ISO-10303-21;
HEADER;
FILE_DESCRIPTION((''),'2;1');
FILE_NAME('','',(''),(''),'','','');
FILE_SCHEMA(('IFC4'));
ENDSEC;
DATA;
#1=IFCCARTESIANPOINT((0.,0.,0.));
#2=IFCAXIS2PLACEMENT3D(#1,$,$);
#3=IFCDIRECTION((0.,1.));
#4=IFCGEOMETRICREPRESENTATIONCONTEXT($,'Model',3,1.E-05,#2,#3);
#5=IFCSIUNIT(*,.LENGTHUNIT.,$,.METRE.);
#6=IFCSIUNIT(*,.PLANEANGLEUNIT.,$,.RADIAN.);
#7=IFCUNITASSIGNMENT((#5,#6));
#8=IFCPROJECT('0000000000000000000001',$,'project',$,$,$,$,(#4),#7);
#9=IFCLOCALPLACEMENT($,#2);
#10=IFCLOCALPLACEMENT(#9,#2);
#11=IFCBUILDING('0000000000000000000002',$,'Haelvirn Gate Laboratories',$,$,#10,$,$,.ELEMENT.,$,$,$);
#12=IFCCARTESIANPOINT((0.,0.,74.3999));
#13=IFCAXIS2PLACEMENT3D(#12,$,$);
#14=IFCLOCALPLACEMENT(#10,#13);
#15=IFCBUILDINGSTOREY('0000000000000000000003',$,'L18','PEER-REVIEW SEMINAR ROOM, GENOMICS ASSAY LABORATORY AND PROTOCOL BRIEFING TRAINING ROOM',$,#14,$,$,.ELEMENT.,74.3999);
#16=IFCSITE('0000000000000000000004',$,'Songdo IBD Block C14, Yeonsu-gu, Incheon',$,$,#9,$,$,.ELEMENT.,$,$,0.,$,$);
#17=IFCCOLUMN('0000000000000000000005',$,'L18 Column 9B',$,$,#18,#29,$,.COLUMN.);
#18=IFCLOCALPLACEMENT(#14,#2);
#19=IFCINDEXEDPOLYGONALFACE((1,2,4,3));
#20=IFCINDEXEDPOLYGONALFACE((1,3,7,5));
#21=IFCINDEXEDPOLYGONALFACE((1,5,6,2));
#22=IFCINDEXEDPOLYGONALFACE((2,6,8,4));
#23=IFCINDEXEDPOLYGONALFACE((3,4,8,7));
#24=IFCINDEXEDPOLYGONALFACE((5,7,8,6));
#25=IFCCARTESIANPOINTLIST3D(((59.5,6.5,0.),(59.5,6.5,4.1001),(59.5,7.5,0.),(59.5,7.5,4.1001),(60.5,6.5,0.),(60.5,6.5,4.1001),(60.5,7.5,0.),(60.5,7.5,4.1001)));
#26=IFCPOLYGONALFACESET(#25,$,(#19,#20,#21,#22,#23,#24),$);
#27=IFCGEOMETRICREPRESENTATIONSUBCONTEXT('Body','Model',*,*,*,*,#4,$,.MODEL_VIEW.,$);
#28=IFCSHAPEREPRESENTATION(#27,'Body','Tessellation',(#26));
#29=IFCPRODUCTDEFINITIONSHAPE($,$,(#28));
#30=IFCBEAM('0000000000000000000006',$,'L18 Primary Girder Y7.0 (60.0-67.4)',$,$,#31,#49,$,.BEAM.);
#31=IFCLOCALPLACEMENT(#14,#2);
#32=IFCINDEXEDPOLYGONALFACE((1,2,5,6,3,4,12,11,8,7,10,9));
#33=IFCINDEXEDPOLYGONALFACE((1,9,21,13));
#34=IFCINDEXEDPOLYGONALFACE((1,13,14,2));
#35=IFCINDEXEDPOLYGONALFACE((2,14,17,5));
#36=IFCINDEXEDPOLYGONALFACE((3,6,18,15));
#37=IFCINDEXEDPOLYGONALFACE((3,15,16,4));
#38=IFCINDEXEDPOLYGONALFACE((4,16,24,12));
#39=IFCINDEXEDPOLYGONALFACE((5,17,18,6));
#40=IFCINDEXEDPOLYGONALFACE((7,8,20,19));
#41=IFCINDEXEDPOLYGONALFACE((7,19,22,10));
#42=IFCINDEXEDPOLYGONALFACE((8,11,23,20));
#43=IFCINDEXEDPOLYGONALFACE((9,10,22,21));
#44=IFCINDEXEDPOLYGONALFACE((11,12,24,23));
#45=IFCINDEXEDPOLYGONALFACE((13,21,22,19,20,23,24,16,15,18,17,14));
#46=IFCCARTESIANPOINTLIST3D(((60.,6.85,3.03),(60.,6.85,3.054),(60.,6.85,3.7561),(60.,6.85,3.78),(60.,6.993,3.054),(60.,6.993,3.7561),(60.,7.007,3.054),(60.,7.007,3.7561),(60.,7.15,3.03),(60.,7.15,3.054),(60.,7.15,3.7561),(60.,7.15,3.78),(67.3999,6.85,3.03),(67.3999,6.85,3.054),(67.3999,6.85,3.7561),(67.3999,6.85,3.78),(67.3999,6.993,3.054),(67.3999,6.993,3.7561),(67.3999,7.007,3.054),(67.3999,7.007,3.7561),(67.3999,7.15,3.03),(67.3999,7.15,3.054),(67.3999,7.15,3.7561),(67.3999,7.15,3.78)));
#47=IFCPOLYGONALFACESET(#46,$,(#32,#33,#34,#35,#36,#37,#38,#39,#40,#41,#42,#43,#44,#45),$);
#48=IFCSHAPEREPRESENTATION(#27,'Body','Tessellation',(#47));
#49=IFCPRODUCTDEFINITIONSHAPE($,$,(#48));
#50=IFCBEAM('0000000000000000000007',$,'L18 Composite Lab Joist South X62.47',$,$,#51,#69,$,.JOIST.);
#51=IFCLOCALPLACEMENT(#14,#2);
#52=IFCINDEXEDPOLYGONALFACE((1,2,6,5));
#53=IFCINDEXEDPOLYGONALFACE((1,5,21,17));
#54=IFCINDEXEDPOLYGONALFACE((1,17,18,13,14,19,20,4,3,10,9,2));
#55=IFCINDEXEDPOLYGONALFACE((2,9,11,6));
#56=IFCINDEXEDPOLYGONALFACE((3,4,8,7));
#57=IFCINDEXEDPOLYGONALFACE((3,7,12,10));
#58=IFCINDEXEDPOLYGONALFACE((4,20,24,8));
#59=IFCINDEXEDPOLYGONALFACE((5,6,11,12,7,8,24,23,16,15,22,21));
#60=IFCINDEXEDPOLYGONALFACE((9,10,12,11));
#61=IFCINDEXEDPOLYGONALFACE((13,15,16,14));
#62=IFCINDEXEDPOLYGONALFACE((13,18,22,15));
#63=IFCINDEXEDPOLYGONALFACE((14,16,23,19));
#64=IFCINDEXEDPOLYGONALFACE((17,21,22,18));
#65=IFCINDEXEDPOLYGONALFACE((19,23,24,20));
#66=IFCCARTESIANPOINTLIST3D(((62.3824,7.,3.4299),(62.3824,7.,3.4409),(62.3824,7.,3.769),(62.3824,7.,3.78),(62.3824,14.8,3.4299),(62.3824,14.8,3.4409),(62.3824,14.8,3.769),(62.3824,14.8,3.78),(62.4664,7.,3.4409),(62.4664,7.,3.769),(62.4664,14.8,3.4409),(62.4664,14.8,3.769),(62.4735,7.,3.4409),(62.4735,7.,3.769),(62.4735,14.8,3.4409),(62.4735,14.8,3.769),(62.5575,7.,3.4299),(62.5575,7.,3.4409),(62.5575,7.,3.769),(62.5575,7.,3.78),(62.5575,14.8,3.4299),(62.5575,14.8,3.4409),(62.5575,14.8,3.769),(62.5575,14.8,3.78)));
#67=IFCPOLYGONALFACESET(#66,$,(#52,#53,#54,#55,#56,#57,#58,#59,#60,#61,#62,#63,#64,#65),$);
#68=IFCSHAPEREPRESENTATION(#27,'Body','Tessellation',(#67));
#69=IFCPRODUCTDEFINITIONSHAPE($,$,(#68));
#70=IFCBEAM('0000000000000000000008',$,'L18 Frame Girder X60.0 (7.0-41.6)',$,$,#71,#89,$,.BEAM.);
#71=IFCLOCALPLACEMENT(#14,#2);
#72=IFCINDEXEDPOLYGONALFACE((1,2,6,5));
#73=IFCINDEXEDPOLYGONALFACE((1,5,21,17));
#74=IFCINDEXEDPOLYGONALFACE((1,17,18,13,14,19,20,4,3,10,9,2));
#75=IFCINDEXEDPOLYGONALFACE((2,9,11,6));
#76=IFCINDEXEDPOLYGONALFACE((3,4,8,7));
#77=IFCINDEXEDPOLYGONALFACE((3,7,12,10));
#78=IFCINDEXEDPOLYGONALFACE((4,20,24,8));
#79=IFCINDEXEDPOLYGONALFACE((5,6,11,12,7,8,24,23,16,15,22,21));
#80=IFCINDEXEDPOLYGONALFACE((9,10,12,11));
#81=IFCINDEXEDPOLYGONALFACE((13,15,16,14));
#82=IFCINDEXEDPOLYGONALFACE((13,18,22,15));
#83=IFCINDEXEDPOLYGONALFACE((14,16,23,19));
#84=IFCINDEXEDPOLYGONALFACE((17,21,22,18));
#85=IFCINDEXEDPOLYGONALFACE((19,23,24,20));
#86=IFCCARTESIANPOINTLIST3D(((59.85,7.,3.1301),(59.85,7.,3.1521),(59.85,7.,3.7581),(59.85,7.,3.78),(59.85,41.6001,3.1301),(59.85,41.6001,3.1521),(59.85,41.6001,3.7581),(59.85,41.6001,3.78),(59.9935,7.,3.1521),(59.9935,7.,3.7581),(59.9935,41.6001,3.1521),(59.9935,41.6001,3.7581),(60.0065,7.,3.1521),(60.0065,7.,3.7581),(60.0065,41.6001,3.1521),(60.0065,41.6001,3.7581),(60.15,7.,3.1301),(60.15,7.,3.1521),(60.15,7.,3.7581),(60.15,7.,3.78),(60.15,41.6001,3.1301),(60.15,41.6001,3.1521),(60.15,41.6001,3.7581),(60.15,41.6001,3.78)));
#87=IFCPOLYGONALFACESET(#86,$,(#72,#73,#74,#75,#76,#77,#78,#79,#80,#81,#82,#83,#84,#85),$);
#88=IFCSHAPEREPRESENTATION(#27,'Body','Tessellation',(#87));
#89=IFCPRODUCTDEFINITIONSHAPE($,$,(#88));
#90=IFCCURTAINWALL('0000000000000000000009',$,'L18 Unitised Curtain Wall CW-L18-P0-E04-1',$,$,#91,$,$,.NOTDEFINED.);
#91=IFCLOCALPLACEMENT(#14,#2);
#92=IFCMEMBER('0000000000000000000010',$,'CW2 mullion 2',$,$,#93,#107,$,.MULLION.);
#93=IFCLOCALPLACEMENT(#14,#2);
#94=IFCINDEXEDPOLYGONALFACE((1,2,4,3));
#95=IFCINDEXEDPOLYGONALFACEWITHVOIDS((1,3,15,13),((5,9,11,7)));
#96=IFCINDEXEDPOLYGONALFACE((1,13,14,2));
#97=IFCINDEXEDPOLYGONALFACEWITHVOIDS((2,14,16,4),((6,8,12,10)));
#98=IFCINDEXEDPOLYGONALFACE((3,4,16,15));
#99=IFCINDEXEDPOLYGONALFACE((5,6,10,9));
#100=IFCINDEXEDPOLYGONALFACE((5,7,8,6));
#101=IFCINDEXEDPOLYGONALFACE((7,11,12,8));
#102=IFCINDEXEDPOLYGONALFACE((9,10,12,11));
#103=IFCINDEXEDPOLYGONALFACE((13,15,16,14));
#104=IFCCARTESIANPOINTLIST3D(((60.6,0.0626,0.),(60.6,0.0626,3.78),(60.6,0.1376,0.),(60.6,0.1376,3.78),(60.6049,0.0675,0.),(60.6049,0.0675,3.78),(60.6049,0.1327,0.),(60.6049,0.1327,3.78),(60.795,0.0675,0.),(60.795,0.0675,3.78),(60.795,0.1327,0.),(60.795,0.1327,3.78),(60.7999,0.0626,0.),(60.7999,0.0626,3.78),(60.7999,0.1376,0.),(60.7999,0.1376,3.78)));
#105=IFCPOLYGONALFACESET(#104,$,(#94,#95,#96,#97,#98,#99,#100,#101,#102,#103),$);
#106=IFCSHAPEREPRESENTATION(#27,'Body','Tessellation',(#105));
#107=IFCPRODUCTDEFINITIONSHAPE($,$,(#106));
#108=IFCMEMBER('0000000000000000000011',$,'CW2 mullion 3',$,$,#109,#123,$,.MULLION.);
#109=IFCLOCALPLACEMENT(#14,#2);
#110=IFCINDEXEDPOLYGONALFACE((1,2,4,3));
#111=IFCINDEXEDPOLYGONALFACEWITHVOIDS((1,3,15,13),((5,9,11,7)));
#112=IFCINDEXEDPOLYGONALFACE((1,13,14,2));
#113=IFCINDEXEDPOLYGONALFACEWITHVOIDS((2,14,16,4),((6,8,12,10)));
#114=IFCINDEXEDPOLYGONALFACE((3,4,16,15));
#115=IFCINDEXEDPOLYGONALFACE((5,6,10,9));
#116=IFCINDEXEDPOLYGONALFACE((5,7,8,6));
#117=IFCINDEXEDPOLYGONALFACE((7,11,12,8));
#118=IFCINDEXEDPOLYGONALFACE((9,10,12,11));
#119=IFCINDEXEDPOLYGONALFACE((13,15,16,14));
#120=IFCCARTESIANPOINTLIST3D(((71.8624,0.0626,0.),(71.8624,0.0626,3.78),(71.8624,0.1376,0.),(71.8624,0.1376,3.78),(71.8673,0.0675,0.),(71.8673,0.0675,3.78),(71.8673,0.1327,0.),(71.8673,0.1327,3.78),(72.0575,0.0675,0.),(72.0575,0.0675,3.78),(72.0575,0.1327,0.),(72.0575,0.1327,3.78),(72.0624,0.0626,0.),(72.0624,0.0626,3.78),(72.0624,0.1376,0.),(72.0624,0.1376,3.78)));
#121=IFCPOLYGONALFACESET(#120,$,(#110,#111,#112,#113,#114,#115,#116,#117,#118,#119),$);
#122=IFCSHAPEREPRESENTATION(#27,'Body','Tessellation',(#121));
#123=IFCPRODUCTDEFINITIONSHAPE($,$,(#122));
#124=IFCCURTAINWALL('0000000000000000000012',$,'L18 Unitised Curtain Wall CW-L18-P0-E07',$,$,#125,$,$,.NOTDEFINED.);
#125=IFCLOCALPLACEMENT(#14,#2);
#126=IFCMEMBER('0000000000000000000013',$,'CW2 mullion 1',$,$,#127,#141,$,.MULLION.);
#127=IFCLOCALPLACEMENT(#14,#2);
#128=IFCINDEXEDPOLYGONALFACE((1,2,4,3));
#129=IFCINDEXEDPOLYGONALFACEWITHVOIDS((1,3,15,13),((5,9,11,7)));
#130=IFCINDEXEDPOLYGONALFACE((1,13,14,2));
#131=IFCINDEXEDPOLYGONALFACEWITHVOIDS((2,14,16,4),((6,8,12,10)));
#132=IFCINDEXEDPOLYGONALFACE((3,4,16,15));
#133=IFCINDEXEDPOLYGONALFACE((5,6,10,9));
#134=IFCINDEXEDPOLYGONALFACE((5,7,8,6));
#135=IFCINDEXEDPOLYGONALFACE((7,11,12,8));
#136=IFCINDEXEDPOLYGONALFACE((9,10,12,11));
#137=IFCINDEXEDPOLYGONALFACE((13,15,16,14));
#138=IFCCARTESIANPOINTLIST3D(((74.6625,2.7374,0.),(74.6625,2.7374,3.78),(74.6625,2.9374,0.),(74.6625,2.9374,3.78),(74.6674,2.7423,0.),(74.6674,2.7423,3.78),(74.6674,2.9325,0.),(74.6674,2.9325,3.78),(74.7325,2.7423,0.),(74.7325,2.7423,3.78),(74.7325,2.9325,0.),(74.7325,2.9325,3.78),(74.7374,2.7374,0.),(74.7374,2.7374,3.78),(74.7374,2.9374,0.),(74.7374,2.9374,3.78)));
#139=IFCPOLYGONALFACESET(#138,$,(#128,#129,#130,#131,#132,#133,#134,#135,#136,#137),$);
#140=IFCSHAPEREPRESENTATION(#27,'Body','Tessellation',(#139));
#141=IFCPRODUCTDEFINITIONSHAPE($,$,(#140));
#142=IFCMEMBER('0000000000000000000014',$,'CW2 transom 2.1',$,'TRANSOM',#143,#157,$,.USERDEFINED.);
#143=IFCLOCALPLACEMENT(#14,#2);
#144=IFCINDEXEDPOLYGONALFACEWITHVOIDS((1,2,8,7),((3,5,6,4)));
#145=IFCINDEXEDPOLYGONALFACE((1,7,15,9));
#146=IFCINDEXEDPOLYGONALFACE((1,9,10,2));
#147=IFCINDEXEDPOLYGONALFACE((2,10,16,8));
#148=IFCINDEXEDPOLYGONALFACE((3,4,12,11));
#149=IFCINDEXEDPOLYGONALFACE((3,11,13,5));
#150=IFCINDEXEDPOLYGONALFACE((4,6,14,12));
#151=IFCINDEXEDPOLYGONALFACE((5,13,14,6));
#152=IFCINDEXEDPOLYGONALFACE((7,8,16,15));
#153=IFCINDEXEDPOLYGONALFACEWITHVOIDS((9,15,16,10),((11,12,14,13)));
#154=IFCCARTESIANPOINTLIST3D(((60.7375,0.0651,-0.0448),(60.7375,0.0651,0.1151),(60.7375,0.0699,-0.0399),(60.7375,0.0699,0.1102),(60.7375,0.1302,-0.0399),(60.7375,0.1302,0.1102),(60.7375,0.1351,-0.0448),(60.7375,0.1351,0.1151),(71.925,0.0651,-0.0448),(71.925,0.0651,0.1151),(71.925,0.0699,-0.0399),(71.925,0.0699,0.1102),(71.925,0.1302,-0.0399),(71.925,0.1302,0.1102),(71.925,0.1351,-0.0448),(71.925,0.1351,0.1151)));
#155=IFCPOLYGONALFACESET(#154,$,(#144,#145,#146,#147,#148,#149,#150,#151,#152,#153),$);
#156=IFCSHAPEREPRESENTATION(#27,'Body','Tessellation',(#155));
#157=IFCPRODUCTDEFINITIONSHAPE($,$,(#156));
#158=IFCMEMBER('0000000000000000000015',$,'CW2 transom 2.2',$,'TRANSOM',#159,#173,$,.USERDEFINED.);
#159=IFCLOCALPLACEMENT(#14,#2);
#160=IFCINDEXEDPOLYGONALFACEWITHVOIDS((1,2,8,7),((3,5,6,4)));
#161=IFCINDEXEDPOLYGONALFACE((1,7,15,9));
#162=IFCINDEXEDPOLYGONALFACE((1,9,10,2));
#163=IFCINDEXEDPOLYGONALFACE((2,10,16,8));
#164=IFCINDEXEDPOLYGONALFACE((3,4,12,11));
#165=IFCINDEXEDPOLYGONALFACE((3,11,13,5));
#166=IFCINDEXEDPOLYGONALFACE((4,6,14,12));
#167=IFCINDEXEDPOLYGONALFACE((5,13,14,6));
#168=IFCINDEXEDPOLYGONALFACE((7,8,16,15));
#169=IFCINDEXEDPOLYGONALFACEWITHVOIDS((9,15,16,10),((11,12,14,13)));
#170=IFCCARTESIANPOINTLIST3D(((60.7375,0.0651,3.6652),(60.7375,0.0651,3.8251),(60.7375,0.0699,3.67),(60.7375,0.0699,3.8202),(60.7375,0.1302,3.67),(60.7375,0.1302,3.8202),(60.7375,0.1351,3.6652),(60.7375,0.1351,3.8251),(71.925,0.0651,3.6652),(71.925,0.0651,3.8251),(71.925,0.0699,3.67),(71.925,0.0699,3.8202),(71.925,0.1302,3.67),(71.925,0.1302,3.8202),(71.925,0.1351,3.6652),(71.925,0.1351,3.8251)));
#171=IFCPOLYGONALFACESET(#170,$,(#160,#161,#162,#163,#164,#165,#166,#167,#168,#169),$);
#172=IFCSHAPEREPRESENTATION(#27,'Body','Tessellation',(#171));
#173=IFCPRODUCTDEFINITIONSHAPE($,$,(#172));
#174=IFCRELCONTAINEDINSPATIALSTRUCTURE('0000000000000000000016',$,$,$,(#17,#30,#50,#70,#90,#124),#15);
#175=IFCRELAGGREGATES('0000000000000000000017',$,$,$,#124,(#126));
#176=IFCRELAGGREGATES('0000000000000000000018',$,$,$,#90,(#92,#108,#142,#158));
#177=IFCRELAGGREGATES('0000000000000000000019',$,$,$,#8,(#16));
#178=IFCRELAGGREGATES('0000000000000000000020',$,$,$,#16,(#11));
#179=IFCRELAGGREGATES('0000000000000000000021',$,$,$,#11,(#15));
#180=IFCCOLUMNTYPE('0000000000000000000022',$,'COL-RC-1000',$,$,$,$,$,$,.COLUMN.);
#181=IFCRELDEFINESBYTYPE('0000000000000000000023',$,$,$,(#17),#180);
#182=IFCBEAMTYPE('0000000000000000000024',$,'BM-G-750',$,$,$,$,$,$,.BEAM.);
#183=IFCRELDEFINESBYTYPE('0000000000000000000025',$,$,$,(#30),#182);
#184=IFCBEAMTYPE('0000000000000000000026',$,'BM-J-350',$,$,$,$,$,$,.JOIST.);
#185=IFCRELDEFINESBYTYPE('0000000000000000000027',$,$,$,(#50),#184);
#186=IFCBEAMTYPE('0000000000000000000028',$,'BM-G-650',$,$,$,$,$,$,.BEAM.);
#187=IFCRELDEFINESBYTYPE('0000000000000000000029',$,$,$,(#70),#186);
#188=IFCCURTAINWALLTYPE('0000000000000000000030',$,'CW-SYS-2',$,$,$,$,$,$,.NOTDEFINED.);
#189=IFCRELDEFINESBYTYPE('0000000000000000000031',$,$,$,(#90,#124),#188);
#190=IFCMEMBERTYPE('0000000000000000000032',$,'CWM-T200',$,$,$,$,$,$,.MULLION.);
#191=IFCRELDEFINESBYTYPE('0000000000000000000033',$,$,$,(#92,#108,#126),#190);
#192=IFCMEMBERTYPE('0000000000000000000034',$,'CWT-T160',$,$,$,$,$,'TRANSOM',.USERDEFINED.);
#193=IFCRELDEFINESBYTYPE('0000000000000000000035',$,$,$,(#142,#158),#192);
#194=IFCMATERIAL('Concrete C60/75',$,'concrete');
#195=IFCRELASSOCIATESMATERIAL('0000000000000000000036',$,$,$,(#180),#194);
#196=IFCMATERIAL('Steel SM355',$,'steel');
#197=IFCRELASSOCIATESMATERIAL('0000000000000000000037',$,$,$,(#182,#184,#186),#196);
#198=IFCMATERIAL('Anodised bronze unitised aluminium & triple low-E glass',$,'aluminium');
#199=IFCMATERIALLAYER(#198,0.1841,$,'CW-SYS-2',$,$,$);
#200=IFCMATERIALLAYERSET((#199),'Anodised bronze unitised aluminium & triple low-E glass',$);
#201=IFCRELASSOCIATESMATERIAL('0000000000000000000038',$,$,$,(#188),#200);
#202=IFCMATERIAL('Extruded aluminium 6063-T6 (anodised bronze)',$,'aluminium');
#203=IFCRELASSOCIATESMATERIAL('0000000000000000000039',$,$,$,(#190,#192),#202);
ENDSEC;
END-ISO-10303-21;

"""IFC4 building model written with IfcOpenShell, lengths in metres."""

from ifc_helpers import new_model, si_unit, direction, frame, origin, origin_2d, place, context, subcontext, project, spatial, rectangle, hollow_rectangle, i_section, extrude, source, transform, mapped, material, layer, layer_set, material_profile, profile_set, type_object, type_shapes, element, aggregate, save


model = new_model("IFC4")

# Units and contexts
model_context = context("Model", 3, precision=1e-05, world=origin(), true_north=direction((0.0, 1.0)))
body_context = subcontext(model_context, "Body", "Model", "MODEL_VIEW")
ifc_project = project(units=[si_unit("LENGTHUNIT", "METRE"), si_unit("PLANEANGLEUNIT", "RADIAN")], contexts=[model_context])

# Site, building, storey
site_placement = place(None, origin())
site = spatial("IfcSite", under=ifc_project, at=site_placement, Name="Songdo IBD Block C14, Yeonsu-gu, Incheon", CompositionType="ELEMENT", RefElevation=0.0)
building_placement = place(site_placement, origin())
building = spatial("IfcBuilding", under=site, at=building_placement, Name="Haelvirn Gate Laboratories", CompositionType="ELEMENT")
storey_placement = place(building_placement, frame((0.0, 0.0, 74.3999)))
storey = spatial("IfcBuildingStorey", under=building, at=storey_placement, Name="L18", Description="PEER-REVIEW SEMINAR ROOM, GENOMICS ASSAY LABORATORY AND PROTOCOL BRIEFING TRAINING ROOM", CompositionType="ELEMENT", Elevation=74.3999)

# Column
ifc_material_1 = material(Name="Concrete C60/75", Category="concrete")
ifc_material_profile_1 = material_profile(ifc_material_1, rectangle(XDim=1.0, YDim=1.0, at=origin_2d()), Name="RC-1000x1000")
ifc_profile_set_1 = profile_set([ifc_material_profile_1], Name="Concrete C60/75")
column_type = type_object("IfcColumnType", Name="COL-RC-1000", PredefinedType="COLUMN", material=ifc_profile_set_1)
shared_shape_1 = source(origin(), body_context, "Body", "SweptSolid", [
    extrude(rectangle(XDim=1.0, YDim=1.0, at=origin_2d()), origin(), (0.0, 0.0, 1.0), 4.1001),
])
type_shapes(column_type, [shared_shape_1])
column_placement = place(storey_placement, frame((60.0, 7.0, 0.0), z_axis=(0.0, 0.0, 1.0), x_axis=(1.0, 0.0, 0.0)))
element("IfcColumn", 1, at=column_placement, inside=storey, type_object=column_type, Name="L18 Column 9B", PredefinedType="COLUMN", context=body_context, shape_type="MappedRepresentation", body=[
    mapped(shared_shape_1, transform((0.0, 0.0, 0.0), scale=1.0)),
])

# Beams
ifc_material_2 = material(Name="Steel SM355", Category="steel")
ifc_material_profile_2 = material_profile(ifc_material_2, i_section(OverallWidth=0.3, OverallDepth=0.75, WebThickness=0.0139, FlangeThickness=0.0239, at=origin_2d()), Name="H-750x300x14x24")
ifc_profile_set_2 = profile_set([ifc_material_profile_2], Name="Steel SM355")
beam_type_1 = type_object("IfcBeamType", Name="BM-G-750", PredefinedType="BEAM", material=ifc_profile_set_2)
shared_shape_2 = source(origin(), body_context, "Body", "SweptSolid", [
    extrude(i_section(OverallWidth=0.3, OverallDepth=0.75, WebThickness=0.0139, FlangeThickness=0.0239, at=origin_2d()), origin(), (0.0, 0.0, 1.0), 7.3999),
])
type_shapes(beam_type_1, [shared_shape_2])
beam_1_placement = place(storey_placement, frame((60.0, 7.0, 3.405), z_axis=(1.0, 0.0, 0.0), x_axis=(0.0, 1.0, 0.0)))
element("IfcBeam", 2, at=beam_1_placement, inside=storey, type_object=beam_type_1, Name="L18 Primary Girder Y7.0 (60.0-67.4)", PredefinedType="BEAM", context=body_context, shape_type="MappedRepresentation", body=[
    mapped(shared_shape_2, transform((0.0, 0.0, 0.0), scale=1.0)),
])
ifc_material_profile_3 = material_profile(ifc_material_2, i_section(OverallWidth=0.175, OverallDepth=0.3501, WebThickness=0.0071, FlangeThickness=0.011, at=origin_2d()), Name="H-350x175x7x11")
ifc_profile_set_3 = profile_set([ifc_material_profile_3], Name="Steel SM355")
beam_type_2 = type_object("IfcBeamType", Name="BM-J-350", PredefinedType="JOIST", material=ifc_profile_set_3)
shared_shape_3 = source(origin(), body_context, "Body", "SweptSolid", [
    extrude(i_section(OverallWidth=0.175, OverallDepth=0.3501, WebThickness=0.0071, FlangeThickness=0.011, at=origin_2d()), origin(), (0.0, 0.0, 1.0), 7.8),
])
type_shapes(beam_type_2, [shared_shape_3])
beam_2_placement = place(storey_placement, frame((62.47, 7.0, 3.605), z_axis=(0.0, 1.0, 0.0), x_axis=(-1.0, 0.0, 0.0)))
element("IfcBeam", 3, at=beam_2_placement, inside=storey, type_object=beam_type_2, Name="L18 Composite Lab Joist South X62.47", PredefinedType="JOIST", context=body_context, shape_type="MappedRepresentation", body=[
    mapped(shared_shape_3, transform((0.0, 0.0, 0.0), scale=1.0)),
])
ifc_material_profile_4 = material_profile(ifc_material_2, i_section(OverallWidth=0.3, OverallDepth=0.6499, WebThickness=0.0129, FlangeThickness=0.022, at=origin_2d()), Name="H-650x300x13x22")
ifc_profile_set_4 = profile_set([ifc_material_profile_4], Name="Steel SM355")
beam_type_3 = type_object("IfcBeamType", Name="BM-G-650", PredefinedType="BEAM", material=ifc_profile_set_4)
shared_shape_4 = source(origin(), body_context, "Body", "SweptSolid", [
    extrude(i_section(OverallWidth=0.3, OverallDepth=0.6499, WebThickness=0.0129, FlangeThickness=0.022, at=origin_2d()), origin(), (0.0, 0.0, 1.0), 34.6001),
])
type_shapes(beam_type_3, [shared_shape_4])
beam_3_placement = place(storey_placement, frame((60.0, 7.0, 3.4551), z_axis=(0.0, 1.0, 0.0), x_axis=(-1.0, 0.0, 0.0)))
element("IfcBeam", 4, at=beam_3_placement, inside=storey, type_object=beam_type_3, Name="L18 Frame Girder X60.0 (7.0-41.6)", PredefinedType="BEAM", context=body_context, shape_type="MappedRepresentation", body=[
    mapped(shared_shape_4, transform((0.0, 0.0, 0.0), scale=1.0)),
])

# Curtain wall, members
ifc_material_3 = material(Name="Anodised bronze unitised aluminium & triple low-E glass", Category="aluminium")
ifc_layer_1 = layer(ifc_material_3, 0.1841, Name="CW-SYS-2")
ifc_layer_set_1 = layer_set([ifc_layer_1], Name="Anodised bronze unitised aluminium & triple low-E glass")
curtain_wall_type_1 = type_object("IfcCurtainWallType", Name="CW-SYS-2", PredefinedType="NOTDEFINED", material=ifc_layer_set_1)
curtain_wall_1_placement = place(storey_placement, origin())
curtain_wall_1 = element("IfcCurtainWall", 5, at=curtain_wall_1_placement, inside=storey, type_object=curtain_wall_type_1, Name="L18 Unitised Curtain Wall CW-L18-P0-E04-1", PredefinedType="NOTDEFINED")
ifc_material_4 = material(Name="Extruded aluminium 6063-T6 (anodised bronze)", Category="aluminium")
ifc_material_profile_5 = material_profile(ifc_material_4, hollow_rectangle(XDim=0.075, YDim=0.2, WallThickness=0.0049, at=origin_2d()), Name="CWM-200x75x5")
ifc_profile_set_5 = profile_set([ifc_material_profile_5], Name="Extruded aluminium 6063-T6 (anodised bronze)")
member_type_1 = type_object("IfcMemberType", Name="CWM-T200", PredefinedType="MULLION", material=ifc_profile_set_5)
shared_shape_5 = source(origin(), body_context, "Body", "SweptSolid", [
    extrude(hollow_rectangle(XDim=0.075, YDim=0.2, WallThickness=0.0049, at=origin_2d()), origin(), (0.0, 0.0, 1.0), 3.78),
])
type_shapes(member_type_1, [shared_shape_5])
member_1_placement = place(storey_placement, frame((60.7, 0.1001, 0.0), z_axis=(0.0, 0.0, 1.0), x_axis=(0.0, 1.0, 0.0)))
member_1 = element("IfcMember", 6, at=member_1_placement, type_object=member_type_1, Name="CW2 mullion 2", PredefinedType="MULLION", context=body_context, shape_type="MappedRepresentation", body=[
    mapped(shared_shape_5, transform((0.0, 0.0, 0.0), scale=1.0)),
])
member_2_placement = place(storey_placement, frame((71.9624, 0.1001, 0.0), z_axis=(0.0, 0.0, 1.0), x_axis=(0.0, 1.0, 0.0)))
member_2 = element("IfcMember", 7, at=member_2_placement, type_object=member_type_1, Name="CW2 mullion 3", PredefinedType="MULLION", context=body_context, shape_type="MappedRepresentation", body=[
    mapped(shared_shape_5, transform((0.0, 0.0, 0.0), scale=1.0)),
])

# Curtain wall, member
curtain_wall_2_placement = place(storey_placement, origin())
curtain_wall_2 = element("IfcCurtainWall", 8, at=curtain_wall_2_placement, inside=storey, type_object=curtain_wall_type_1, Name="L18 Unitised Curtain Wall CW-L18-P0-E07", PredefinedType="NOTDEFINED")
member_3_placement = place(storey_placement, frame((74.7, 2.8374, 0.0), z_axis=(0.0, 0.0, 1.0), x_axis=(-1.0, 0.0, 0.0)))
member_3 = element("IfcMember", 9, at=member_3_placement, type_object=member_type_1, Name="CW2 mullion 1", PredefinedType="MULLION", context=body_context, shape_type="MappedRepresentation", body=[
    mapped(shared_shape_5, transform((0.0, 0.0, 0.0), scale=1.0)),
])

# Members
ifc_material_profile_6 = material_profile(ifc_material_4, hollow_rectangle(XDim=0.0701, YDim=0.1599, WallThickness=0.0049, at=origin_2d()), Name="CWT-160x70x5")
ifc_profile_set_6 = profile_set([ifc_material_profile_6], Name="Extruded aluminium 6063-T6 (anodised bronze)")
member_type_2 = type_object("IfcMemberType", Name="CWT-T160", ElementType="TRANSOM", PredefinedType="USERDEFINED", material=ifc_profile_set_6)
shared_shape_6 = source(origin(), body_context, "Body", "SweptSolid", [
    extrude(hollow_rectangle(XDim=0.0701, YDim=0.1599, WallThickness=0.0049, at=origin_2d()), origin(), (0.0, 0.0, 1.0), 11.1875),
])
member_4_placement = place(storey_placement, frame((60.7375, 0.1001, 0.0352), z_axis=(1.0, 0.0, 0.0), x_axis=(0.0, 1.0, 0.0)))
member_4 = element("IfcMember", 10, at=member_4_placement, type_object=member_type_2, Name="CW2 transom 2.1", ObjectType="TRANSOM", PredefinedType="USERDEFINED", context=body_context, shape_type="MappedRepresentation", body=[
    mapped(shared_shape_6, transform((0.0, 0.0, 0.0), scale=1.0)),
])
member_5_placement = place(storey_placement, frame((60.7375, 0.1001, 3.7451), z_axis=(1.0, 0.0, 0.0), x_axis=(0.0, 1.0, 0.0)))
member_5 = element("IfcMember", 11, at=member_5_placement, type_object=member_type_2, Name="CW2 transom 2.2", ObjectType="TRANSOM", PredefinedType="USERDEFINED", context=body_context, shape_type="MappedRepresentation", body=[
    mapped(shared_shape_6, transform((0.0, 0.0, 0.0), scale=1.0)),
])

aggregate(curtain_wall_2, [member_3])

aggregate(curtain_wall_1, [member_1, member_2, member_4, member_5])

save(model, "model.ifc")
